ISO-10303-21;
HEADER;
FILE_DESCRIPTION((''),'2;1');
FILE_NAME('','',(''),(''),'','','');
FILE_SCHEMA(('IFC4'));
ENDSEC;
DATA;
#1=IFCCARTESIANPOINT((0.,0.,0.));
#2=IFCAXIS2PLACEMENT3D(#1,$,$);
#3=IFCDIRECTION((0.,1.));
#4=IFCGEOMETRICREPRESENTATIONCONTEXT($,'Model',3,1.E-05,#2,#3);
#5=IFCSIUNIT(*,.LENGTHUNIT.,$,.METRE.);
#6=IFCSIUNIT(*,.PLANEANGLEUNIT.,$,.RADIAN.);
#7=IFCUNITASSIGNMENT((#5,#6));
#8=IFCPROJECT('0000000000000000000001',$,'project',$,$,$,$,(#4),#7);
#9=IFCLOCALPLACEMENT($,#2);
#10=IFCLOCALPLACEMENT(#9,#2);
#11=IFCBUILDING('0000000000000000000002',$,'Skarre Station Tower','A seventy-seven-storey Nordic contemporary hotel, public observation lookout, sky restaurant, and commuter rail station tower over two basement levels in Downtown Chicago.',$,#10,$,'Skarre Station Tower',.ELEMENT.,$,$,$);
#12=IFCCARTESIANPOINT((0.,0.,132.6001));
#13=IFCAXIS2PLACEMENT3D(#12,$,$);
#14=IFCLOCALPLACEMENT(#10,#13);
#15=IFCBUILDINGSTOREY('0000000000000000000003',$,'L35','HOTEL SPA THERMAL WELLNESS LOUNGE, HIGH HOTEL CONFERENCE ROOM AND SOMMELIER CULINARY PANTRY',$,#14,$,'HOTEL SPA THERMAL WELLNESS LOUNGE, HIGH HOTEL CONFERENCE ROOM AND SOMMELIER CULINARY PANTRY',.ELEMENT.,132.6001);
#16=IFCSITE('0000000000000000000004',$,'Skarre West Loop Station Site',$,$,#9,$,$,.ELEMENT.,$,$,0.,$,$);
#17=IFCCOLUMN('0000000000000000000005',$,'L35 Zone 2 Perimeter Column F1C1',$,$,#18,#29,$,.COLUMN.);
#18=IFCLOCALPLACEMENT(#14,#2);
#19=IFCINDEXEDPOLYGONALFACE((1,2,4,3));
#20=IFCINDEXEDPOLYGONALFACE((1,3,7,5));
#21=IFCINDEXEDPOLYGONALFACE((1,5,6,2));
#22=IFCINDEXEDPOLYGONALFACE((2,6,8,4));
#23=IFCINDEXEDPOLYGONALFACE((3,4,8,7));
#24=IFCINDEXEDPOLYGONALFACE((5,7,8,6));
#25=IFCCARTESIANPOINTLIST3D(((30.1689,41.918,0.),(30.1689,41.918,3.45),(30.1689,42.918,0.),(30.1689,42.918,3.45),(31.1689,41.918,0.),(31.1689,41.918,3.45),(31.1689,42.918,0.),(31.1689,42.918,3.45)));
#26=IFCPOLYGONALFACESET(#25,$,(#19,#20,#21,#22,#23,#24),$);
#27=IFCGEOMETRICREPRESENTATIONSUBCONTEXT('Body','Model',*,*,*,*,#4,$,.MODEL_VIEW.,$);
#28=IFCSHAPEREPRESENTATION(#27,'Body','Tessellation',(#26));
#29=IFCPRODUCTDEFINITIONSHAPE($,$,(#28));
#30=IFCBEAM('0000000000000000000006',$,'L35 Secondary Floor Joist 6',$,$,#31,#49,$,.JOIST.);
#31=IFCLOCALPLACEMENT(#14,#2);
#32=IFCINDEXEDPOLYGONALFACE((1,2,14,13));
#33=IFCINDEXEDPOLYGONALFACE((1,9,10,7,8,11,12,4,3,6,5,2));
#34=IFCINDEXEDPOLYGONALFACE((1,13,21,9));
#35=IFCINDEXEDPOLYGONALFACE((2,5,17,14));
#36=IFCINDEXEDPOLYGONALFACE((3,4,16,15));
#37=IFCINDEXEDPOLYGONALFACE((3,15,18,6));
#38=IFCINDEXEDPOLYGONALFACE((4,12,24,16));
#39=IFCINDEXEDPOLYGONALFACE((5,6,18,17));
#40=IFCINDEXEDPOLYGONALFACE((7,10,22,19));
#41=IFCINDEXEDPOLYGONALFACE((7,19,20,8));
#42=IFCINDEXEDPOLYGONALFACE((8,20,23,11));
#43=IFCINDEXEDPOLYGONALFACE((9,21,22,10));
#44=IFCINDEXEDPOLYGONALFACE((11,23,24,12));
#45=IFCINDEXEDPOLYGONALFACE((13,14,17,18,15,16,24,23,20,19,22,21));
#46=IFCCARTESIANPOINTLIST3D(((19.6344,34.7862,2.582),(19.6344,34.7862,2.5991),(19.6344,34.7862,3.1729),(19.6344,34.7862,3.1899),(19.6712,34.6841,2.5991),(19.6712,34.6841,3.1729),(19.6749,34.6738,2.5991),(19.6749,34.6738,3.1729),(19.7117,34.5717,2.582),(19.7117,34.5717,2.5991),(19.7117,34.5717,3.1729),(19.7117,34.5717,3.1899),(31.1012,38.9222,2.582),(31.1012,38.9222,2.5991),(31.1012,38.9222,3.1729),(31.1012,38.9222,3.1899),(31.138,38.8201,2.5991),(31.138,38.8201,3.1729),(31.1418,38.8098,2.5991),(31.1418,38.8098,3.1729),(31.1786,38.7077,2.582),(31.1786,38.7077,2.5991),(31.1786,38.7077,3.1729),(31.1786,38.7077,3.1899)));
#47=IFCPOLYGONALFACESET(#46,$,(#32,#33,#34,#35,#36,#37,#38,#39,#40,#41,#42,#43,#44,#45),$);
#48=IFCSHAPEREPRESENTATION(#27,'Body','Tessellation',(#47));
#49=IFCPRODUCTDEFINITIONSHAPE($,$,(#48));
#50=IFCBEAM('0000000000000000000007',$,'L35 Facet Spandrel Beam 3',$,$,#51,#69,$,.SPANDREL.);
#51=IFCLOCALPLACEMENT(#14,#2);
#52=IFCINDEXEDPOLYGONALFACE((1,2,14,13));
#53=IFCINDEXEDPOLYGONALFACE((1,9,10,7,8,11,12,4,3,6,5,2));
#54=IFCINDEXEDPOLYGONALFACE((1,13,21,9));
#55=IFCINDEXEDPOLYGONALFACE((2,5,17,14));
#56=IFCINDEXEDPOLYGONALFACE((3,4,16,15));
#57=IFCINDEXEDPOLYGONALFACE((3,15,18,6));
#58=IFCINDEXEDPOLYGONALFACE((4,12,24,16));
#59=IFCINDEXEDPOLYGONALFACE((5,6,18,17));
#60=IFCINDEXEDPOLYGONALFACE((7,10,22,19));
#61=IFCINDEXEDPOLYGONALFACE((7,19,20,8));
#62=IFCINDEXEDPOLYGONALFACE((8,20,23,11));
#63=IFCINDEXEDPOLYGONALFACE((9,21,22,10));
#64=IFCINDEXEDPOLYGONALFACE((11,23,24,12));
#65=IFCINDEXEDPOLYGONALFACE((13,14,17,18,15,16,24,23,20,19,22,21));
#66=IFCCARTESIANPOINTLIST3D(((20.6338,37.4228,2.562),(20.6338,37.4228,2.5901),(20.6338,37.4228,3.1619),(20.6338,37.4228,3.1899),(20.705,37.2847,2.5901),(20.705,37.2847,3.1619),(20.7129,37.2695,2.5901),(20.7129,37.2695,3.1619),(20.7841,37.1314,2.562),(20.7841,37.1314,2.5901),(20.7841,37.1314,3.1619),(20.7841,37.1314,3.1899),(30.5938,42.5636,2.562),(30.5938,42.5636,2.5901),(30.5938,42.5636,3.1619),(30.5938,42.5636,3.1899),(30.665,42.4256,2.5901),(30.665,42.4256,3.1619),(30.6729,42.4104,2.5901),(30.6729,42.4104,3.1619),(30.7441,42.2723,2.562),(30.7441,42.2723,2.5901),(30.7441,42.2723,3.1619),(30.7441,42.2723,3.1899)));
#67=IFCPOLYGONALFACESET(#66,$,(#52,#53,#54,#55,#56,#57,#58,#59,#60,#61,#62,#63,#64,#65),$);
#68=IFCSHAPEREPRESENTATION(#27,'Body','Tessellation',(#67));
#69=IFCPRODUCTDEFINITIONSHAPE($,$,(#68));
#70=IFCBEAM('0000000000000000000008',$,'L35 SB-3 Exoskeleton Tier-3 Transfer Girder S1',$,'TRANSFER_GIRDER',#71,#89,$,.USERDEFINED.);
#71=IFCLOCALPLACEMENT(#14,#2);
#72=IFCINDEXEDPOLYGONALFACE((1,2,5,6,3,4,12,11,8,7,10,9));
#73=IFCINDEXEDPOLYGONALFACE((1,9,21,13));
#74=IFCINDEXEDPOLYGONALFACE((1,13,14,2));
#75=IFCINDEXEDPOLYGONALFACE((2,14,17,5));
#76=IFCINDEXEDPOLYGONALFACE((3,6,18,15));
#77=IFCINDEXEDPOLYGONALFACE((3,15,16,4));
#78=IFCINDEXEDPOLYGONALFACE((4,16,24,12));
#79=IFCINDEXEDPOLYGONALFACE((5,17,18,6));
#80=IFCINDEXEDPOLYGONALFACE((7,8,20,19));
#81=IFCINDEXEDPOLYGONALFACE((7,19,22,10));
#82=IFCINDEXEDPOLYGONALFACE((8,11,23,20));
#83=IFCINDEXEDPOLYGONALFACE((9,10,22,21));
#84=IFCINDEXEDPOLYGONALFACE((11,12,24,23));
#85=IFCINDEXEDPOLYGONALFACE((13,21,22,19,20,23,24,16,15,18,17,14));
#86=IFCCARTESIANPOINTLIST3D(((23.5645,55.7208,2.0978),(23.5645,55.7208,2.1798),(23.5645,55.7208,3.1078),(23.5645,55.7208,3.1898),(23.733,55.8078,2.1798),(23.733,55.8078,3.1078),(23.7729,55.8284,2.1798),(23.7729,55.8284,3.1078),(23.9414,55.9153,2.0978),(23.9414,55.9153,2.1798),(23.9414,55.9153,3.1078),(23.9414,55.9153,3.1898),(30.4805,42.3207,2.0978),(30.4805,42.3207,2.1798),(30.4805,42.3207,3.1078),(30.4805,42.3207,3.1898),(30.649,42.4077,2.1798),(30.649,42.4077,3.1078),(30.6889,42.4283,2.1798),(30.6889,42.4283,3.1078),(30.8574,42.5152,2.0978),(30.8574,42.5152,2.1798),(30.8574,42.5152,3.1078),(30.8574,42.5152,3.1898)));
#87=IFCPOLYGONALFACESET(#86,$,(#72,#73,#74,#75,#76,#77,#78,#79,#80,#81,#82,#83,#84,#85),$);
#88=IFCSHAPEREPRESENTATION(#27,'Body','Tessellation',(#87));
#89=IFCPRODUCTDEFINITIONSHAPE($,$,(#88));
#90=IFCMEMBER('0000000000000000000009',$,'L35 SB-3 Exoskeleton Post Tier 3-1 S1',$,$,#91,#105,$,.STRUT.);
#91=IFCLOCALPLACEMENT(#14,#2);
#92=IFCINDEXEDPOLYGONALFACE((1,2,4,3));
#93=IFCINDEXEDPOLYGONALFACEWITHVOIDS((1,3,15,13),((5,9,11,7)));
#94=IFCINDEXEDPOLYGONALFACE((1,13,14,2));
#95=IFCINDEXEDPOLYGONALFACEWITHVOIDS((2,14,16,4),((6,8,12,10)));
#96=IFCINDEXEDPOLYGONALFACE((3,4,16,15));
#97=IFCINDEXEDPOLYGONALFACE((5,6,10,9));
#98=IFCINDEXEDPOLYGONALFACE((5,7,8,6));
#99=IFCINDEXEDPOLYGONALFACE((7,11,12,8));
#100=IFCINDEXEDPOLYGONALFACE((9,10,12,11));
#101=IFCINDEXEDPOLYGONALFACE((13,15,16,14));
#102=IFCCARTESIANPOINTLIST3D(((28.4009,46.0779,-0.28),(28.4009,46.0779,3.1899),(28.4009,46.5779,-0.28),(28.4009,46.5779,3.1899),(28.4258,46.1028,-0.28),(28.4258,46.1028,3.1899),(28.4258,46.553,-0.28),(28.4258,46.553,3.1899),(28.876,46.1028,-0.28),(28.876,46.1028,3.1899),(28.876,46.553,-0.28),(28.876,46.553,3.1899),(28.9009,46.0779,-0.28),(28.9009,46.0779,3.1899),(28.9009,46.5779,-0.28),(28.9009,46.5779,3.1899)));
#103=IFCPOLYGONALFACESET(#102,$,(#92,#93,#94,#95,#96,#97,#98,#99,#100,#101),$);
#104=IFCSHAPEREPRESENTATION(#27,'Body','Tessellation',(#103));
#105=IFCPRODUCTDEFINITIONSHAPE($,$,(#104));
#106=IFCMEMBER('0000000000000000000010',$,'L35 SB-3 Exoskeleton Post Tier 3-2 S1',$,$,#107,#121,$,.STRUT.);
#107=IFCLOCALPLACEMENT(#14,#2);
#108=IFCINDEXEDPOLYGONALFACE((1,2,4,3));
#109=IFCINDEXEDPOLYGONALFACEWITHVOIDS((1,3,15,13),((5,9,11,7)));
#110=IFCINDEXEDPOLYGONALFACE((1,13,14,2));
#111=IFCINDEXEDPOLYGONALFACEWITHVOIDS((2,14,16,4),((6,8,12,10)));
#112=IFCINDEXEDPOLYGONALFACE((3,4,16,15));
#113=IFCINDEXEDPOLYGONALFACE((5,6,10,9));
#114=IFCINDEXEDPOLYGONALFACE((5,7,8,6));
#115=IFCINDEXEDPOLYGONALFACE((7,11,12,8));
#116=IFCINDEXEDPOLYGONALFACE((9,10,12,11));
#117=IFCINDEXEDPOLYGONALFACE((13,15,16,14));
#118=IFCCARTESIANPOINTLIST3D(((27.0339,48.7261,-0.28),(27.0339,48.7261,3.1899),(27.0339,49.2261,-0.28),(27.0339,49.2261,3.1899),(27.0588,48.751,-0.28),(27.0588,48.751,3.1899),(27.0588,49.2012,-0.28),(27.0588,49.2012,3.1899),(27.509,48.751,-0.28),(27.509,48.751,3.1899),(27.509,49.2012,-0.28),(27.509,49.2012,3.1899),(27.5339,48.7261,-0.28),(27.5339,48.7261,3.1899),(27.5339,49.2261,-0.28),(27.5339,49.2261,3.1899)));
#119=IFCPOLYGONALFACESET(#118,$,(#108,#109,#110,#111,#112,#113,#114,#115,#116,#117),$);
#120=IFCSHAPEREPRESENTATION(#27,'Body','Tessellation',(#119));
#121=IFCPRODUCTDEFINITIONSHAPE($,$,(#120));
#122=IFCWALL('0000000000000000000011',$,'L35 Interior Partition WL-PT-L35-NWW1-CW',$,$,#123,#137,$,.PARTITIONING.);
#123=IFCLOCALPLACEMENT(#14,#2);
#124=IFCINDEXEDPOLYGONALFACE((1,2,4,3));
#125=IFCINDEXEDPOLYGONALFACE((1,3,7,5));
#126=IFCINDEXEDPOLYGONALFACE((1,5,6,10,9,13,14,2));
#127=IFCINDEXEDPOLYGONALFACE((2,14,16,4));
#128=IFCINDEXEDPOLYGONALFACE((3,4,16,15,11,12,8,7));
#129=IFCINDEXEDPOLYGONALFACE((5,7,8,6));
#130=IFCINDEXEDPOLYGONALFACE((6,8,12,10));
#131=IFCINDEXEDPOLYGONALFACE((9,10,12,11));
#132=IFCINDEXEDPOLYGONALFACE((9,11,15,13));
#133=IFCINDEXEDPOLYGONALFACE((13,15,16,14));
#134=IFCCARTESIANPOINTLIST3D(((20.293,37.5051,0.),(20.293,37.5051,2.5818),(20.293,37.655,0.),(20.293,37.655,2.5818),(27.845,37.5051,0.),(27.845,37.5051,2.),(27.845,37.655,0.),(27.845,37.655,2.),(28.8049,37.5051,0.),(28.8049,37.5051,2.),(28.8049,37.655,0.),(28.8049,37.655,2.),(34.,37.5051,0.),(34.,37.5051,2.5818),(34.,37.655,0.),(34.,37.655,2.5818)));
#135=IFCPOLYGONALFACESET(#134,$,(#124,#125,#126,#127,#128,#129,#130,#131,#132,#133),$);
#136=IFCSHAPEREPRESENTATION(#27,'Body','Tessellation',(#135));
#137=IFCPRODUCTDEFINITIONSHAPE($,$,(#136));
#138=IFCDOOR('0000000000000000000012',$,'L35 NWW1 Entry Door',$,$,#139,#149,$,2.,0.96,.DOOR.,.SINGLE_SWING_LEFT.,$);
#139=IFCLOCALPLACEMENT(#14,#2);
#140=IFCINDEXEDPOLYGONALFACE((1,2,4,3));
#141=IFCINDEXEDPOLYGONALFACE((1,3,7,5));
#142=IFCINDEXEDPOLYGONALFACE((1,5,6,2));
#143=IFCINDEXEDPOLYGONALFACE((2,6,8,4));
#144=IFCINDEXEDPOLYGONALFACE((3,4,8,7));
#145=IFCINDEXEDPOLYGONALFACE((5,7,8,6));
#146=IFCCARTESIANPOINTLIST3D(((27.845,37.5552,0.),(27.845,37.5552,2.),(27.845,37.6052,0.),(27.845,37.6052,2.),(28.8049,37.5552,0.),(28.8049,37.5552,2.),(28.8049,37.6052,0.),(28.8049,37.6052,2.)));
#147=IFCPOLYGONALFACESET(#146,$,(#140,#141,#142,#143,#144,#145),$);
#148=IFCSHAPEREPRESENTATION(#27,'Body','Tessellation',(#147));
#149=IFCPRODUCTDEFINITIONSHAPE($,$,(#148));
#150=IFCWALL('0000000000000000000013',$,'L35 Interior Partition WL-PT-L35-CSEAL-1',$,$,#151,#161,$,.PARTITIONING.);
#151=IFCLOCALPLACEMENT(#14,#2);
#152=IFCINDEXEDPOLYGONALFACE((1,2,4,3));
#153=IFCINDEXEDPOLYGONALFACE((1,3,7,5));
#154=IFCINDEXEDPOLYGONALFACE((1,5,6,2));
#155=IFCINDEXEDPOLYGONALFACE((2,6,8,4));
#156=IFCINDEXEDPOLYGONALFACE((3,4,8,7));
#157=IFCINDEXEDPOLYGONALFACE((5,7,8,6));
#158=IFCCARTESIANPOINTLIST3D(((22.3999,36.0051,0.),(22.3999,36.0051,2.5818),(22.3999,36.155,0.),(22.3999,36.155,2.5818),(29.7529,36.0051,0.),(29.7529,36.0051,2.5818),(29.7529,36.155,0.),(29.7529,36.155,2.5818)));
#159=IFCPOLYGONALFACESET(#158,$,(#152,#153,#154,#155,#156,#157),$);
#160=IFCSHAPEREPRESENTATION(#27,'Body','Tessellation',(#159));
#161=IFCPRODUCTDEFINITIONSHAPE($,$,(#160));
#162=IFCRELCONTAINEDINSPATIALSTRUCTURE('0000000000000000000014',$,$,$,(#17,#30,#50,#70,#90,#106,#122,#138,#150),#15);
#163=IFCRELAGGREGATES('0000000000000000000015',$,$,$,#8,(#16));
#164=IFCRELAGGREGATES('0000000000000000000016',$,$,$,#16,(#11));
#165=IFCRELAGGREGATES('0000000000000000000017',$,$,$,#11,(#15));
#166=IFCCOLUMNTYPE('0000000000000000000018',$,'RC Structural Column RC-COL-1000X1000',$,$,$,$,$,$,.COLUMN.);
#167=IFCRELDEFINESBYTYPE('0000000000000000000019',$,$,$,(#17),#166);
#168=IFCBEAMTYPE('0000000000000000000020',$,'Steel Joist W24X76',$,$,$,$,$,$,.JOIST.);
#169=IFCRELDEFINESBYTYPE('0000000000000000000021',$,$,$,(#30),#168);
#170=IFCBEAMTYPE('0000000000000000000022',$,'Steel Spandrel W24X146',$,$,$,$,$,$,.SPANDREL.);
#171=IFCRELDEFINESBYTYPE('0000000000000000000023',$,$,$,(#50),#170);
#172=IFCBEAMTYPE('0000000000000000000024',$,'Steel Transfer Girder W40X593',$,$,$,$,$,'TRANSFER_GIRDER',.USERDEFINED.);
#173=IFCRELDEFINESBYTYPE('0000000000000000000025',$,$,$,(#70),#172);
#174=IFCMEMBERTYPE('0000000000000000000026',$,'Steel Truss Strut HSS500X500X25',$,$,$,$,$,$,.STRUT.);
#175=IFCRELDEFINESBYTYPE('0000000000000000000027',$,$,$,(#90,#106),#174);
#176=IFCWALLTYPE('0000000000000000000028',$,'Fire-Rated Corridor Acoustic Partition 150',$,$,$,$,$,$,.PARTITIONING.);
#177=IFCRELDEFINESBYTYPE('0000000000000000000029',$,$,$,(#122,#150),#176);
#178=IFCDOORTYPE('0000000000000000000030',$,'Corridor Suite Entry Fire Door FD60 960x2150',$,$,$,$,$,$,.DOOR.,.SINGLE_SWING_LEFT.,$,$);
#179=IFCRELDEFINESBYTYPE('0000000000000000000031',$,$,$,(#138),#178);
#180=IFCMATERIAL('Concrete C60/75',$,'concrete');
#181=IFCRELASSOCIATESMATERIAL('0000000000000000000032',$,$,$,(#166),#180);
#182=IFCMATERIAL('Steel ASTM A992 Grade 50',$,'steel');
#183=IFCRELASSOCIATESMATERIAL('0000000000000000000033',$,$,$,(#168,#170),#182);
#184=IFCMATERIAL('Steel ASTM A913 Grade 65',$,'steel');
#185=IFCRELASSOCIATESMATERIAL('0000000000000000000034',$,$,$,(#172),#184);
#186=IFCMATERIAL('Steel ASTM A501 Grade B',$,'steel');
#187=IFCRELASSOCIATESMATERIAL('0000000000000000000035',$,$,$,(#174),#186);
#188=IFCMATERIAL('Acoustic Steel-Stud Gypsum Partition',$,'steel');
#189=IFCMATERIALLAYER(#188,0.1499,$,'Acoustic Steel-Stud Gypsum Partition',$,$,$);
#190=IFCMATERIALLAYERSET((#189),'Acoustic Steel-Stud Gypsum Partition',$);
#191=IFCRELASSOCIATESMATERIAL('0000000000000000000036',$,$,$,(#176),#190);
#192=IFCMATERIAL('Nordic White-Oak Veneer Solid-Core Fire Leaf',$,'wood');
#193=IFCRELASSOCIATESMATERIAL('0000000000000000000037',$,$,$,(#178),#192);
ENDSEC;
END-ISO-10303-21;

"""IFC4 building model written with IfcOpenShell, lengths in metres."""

from ifc_helpers import new_model, si_unit, direction, frame, frame_2d, origin, origin_2d, place, context, subcontext, project, spatial, rectangle, hollow_rectangle, i_section, extrude, material, layer, layer_set, material_profile, profile_set, type_object, element, fill, save


model = new_model("IFC4")

# Units and contexts
model_context = context("Model", 3, precision=1e-05, world=origin(), true_north=direction((0.0, 1.0)))
body_context = subcontext(model_context, "Body", "Model", "MODEL_VIEW")
ifc_project = project(units=[si_unit("LENGTHUNIT", "METRE"), si_unit("PLANEANGLEUNIT", "RADIAN")], contexts=[model_context])

# Site, building, storey
site_placement = place(None, origin())
site = spatial("IfcSite", under=ifc_project, at=site_placement, Name="Skarre West Loop Station Site", CompositionType="ELEMENT", RefElevation=0.0)
building_placement = place(site_placement, origin())
building = spatial("IfcBuilding", under=site, at=building_placement, Name="Skarre Station Tower", Description="A seventy-seven-storey Nordic contemporary hotel, public observation lookout, sky restaurant, and commuter rail station tower over two basement levels in Downtown Chicago.", LongName="Skarre Station Tower", CompositionType="ELEMENT")
storey_placement = place(building_placement, frame((0.0, 0.0, 132.6001)))
storey = spatial("IfcBuildingStorey", under=building, at=storey_placement, Name="L35", Description="HOTEL SPA THERMAL WELLNESS LOUNGE, HIGH HOTEL CONFERENCE ROOM AND SOMMELIER CULINARY PANTRY", LongName="HOTEL SPA THERMAL WELLNESS LOUNGE, HIGH HOTEL CONFERENCE ROOM AND SOMMELIER CULINARY PANTRY", CompositionType="ELEMENT", Elevation=132.6001)

# Column
ifc_material_1 = material(Name="Concrete C60/75", Category="concrete")
ifc_material_profile_1 = material_profile(ifc_material_1, rectangle(XDim=1.0, YDim=1.0, at=origin_2d()), Name="Concrete C60/75")
ifc_profile_set_1 = profile_set([ifc_material_profile_1], Name="Concrete C60/75")
column_type = type_object("IfcColumnType", Name="RC Structural Column RC-COL-1000X1000", PredefinedType="COLUMN", material=ifc_profile_set_1)
column_placement = place(storey_placement, frame((30.6689, 42.418, 0.0), z_axis=(0.0, 0.0, 1.0), x_axis=(1.0, 0.0, 0.0)))
element("IfcColumn", 1, at=column_placement, inside=storey, type_object=column_type, Name="L35 Zone 2 Perimeter Column F1C1", PredefinedType="COLUMN", context=body_context, shape_type="SweptSolid", body=[
    extrude(rectangle(XDim=1.0, YDim=1.0, at=origin_2d()), origin(), (0.0, 0.0, 1.0), 3.45),
])

# Beams
ifc_material_2 = material(Name="Steel ASTM A992 Grade 50", Category="steel")
ifc_material_profile_2 = material_profile(ifc_material_2, i_section(OverallWidth=0.228, OverallDepth=0.6079, WebThickness=0.011, FlangeThickness=0.0171, at=origin_2d()), Name="Steel ASTM A992 Grade 50")
ifc_profile_set_2 = profile_set([ifc_material_profile_2], Name="Steel ASTM A992 Grade 50")
beam_type_1 = type_object("IfcBeamType", Name="Steel Joist W24X76", PredefinedType="JOIST", material=ifc_profile_set_2)
beam_1_placement = place(storey_placement, frame((31.1399, 38.8149, 2.886), z_axis=(-0.94068, -0.339296, 0.0), x_axis=(0.339296, -0.94068, 0.0)))
element("IfcBeam", 2, at=beam_1_placement, inside=storey, type_object=beam_type_1, Name="L35 Secondary Floor Joist 6", PredefinedType="JOIST", context=body_context, shape_type="SweptSolid", body=[
    extrude(i_section(OverallWidth=0.228, OverallDepth=0.6079, WebThickness=0.011, FlangeThickness=0.0171, at=origin_2d()), origin(), (0.0, 0.0, 1.0), 12.1899),
])
ifc_material_profile_3 = material_profile(ifc_material_2, i_section(OverallWidth=0.3279, OverallDepth=0.6279, WebThickness=0.0171, FlangeThickness=0.0281, at=origin_2d()), Name="Steel ASTM A992 Grade 50")
ifc_profile_set_3 = profile_set([ifc_material_profile_3], Name="Steel ASTM A992 Grade 50")
beam_type_2 = type_object("IfcBeamType", Name="Steel Spandrel W24X146", PredefinedType="SPANDREL", material=ifc_profile_set_3)
beam_2_placement = place(storey_placement, frame((30.6689, 42.418, 2.876), z_axis=(-0.888612, -0.45866, 0.0), x_axis=(0.45866, -0.888612, 0.0)))
element("IfcBeam", 3, at=beam_2_placement, inside=storey, type_object=beam_type_2, Name="L35 Facet Spandrel Beam 3", PredefinedType="SPANDREL", context=body_context, shape_type="SweptSolid", body=[
    extrude(i_section(OverallWidth=0.3279, OverallDepth=0.6279, WebThickness=0.0171, FlangeThickness=0.0281, at=origin_2d()), origin(), (0.0, 0.0, 1.0), 11.2085),
])
ifc_material_3 = material(Name="Steel ASTM A913 Grade 65", Category="steel")
ifc_material_profile_4 = material_profile(ifc_material_3, i_section(OverallWidth=0.4241, OverallDepth=1.092, WebThickness=0.0449, FlangeThickness=0.082, at=origin_2d()), Name="Steel ASTM A913 Grade 65")
ifc_profile_set_4 = profile_set([ifc_material_profile_4], Name="Steel ASTM A913 Grade 65")
beam_type_3 = type_object("IfcBeamType", Name="Steel Transfer Girder W40X593", ElementType="TRANSFER_GIRDER", PredefinedType="USERDEFINED", material=ifc_profile_set_4)
beam_3_placement = place(storey_placement, frame((30.6689, 42.418, 2.6438), z_axis=(-0.458633, 0.888626, 0.0), x_axis=(-0.888626, -0.458633, 0.0)))
element("IfcBeam", 4, at=beam_3_placement, inside=storey, type_object=beam_type_3, Name="L35 SB-3 Exoskeleton Tier-3 Transfer Girder S1", ObjectType="TRANSFER_GIRDER", PredefinedType="USERDEFINED", context=body_context, shape_type="SweptSolid", body=[
    extrude(i_section(OverallWidth=0.4241, OverallDepth=1.092, WebThickness=0.0449, FlangeThickness=0.082, at=origin_2d()), origin(), (0.0, 0.0, 1.0), 15.0796),
])

# Members
ifc_material_4 = material(Name="Steel ASTM A501 Grade B", Category="steel")
ifc_material_profile_5 = material_profile(ifc_material_4, hollow_rectangle(XDim=0.5, YDim=0.5, WallThickness=0.0249, at=origin_2d()), Name="Steel ASTM A501 Grade B")
ifc_profile_set_5 = profile_set([ifc_material_profile_5], Name="Steel ASTM A501 Grade B")
member_type = type_object("IfcMemberType", Name="Steel Truss Strut HSS500X500X25", PredefinedType="STRUT", material=ifc_profile_set_5)
for number, where, z_axis, x_axis, name in (
    (5, (28.6509, 46.3279, -0.28), (0.0, 0.0, 1.0), (1.0, 0.0, 0.0), "L35 SB-3 Exoskeleton Post Tier 3-1 S1"),
    (6, (27.2839, 48.9761, -0.28), (0.0, 0.0, 1.0), (1.0, 0.0, 0.0), "L35 SB-3 Exoskeleton Post Tier 3-2 S1"),
):
    element("IfcMember", number, at=place(storey_placement, frame(where, z_axis=z_axis, x_axis=x_axis)), inside=storey, type_object=member_type, Name=name, PredefinedType="STRUT", context=body_context, shape_type="SweptSolid", body=[
        extrude(hollow_rectangle(XDim=0.5, YDim=0.5, WallThickness=0.0249, at=origin_2d()), origin(), (0.0, 0.0, 1.0), 3.47),
    ])

# Wall, opening, door
ifc_material_5 = material(Name="Acoustic Steel-Stud Gypsum Partition", Category="steel")
ifc_layer_1 = layer(ifc_material_5, 0.1499, Name="Acoustic Steel-Stud Gypsum Partition")
ifc_layer_set_1 = layer_set([ifc_layer_1], Name="Acoustic Steel-Stud Gypsum Partition")
wall_type_1 = type_object("IfcWallType", Name="Fire-Rated Corridor Acoustic Partition 150", PredefinedType="PARTITIONING", material=ifc_layer_set_1)
wall_1_placement = place(storey_placement, frame((34.0, 37.5801, 0.0), z_axis=(0.0, 0.0, 1.0), x_axis=(-1.0, 0.0, 0.0)))
wall_1 = element("IfcWall", 7, at=wall_1_placement, inside=storey, type_object=wall_type_1, Name="L35 Interior Partition WL-PT-L35-NWW1-CW", PredefinedType="PARTITIONING", context=body_context, shape_type="SweptSolid", body=[
    extrude(rectangle(XDim=13.707, YDim=0.1499, at=frame_2d((6.8535, 0.0))), origin(), (0.0, 0.0, 1.0), 2.5818),
])
opening_1_placement = place(wall_1_placement, frame((5.1951, 0.0, 0.0)))
opening_1 = element("IfcOpeningElement", 8, at=opening_1_placement, cuts=wall_1, PredefinedType="OPENING", context=body_context, shape_type="SweptSolid", body=[
    extrude(rectangle(XDim=0.96, YDim=2.0, at=frame_2d((0.48, 1.0))), frame((0.0, 0.085, 0.0), z_axis=(0.0, -1.0, 0.0), x_axis=(1.0, 0.0, 0.0)), (0.0, 0.0, 1.0), 0.1699),
])
ifc_material_6 = material(Name="Nordic White-Oak Veneer Solid-Core Fire Leaf", Category="wood")
door_type_1 = type_object("IfcDoorType", Name="Corridor Suite Entry Fire Door FD60 960x2150", OperationType="SINGLE_SWING_LEFT", PredefinedType="DOOR", material=ifc_material_6)
door_1_placement = place(opening_1_placement, origin())
door_1 = element("IfcDoor", 9, at=door_1_placement, inside=storey, type_object=door_type_1, Name="L35 NWW1 Entry Door", OperationType="SINGLE_SWING_LEFT", OverallHeight=2.0, OverallWidth=0.96, PredefinedType="DOOR", context=body_context, shape_type="SweptSolid", body=[
    extrude(rectangle(XDim=0.96, YDim=2.0, at=frame_2d((0.48, 1.0))), frame((0.0, 0.0249, 0.0), z_axis=(0.0, -1.0, 0.0), x_axis=(1.0, 0.0, 0.0)), (0.0, 0.0, 1.0), 0.05),
])
fill(opening_1, door_1)

# Wall
wall_2_placement = place(storey_placement, frame((29.7529, 36.0801, 0.0), z_axis=(0.0, 0.0, 1.0), x_axis=(-1.0, 0.0, 0.0)))
element("IfcWall", 10, at=wall_2_placement, inside=storey, type_object=wall_type_1, Name="L35 Interior Partition WL-PT-L35-CSEAL-1", PredefinedType="PARTITIONING", context=body_context, shape_type="SweptSolid", body=[
    extrude(rectangle(XDim=7.353, YDim=0.1499, at=frame_2d((3.6765, 0.0))), origin(), (0.0, 0.0, 1.0), 2.5818),
])

save(model, "model.ifc")
